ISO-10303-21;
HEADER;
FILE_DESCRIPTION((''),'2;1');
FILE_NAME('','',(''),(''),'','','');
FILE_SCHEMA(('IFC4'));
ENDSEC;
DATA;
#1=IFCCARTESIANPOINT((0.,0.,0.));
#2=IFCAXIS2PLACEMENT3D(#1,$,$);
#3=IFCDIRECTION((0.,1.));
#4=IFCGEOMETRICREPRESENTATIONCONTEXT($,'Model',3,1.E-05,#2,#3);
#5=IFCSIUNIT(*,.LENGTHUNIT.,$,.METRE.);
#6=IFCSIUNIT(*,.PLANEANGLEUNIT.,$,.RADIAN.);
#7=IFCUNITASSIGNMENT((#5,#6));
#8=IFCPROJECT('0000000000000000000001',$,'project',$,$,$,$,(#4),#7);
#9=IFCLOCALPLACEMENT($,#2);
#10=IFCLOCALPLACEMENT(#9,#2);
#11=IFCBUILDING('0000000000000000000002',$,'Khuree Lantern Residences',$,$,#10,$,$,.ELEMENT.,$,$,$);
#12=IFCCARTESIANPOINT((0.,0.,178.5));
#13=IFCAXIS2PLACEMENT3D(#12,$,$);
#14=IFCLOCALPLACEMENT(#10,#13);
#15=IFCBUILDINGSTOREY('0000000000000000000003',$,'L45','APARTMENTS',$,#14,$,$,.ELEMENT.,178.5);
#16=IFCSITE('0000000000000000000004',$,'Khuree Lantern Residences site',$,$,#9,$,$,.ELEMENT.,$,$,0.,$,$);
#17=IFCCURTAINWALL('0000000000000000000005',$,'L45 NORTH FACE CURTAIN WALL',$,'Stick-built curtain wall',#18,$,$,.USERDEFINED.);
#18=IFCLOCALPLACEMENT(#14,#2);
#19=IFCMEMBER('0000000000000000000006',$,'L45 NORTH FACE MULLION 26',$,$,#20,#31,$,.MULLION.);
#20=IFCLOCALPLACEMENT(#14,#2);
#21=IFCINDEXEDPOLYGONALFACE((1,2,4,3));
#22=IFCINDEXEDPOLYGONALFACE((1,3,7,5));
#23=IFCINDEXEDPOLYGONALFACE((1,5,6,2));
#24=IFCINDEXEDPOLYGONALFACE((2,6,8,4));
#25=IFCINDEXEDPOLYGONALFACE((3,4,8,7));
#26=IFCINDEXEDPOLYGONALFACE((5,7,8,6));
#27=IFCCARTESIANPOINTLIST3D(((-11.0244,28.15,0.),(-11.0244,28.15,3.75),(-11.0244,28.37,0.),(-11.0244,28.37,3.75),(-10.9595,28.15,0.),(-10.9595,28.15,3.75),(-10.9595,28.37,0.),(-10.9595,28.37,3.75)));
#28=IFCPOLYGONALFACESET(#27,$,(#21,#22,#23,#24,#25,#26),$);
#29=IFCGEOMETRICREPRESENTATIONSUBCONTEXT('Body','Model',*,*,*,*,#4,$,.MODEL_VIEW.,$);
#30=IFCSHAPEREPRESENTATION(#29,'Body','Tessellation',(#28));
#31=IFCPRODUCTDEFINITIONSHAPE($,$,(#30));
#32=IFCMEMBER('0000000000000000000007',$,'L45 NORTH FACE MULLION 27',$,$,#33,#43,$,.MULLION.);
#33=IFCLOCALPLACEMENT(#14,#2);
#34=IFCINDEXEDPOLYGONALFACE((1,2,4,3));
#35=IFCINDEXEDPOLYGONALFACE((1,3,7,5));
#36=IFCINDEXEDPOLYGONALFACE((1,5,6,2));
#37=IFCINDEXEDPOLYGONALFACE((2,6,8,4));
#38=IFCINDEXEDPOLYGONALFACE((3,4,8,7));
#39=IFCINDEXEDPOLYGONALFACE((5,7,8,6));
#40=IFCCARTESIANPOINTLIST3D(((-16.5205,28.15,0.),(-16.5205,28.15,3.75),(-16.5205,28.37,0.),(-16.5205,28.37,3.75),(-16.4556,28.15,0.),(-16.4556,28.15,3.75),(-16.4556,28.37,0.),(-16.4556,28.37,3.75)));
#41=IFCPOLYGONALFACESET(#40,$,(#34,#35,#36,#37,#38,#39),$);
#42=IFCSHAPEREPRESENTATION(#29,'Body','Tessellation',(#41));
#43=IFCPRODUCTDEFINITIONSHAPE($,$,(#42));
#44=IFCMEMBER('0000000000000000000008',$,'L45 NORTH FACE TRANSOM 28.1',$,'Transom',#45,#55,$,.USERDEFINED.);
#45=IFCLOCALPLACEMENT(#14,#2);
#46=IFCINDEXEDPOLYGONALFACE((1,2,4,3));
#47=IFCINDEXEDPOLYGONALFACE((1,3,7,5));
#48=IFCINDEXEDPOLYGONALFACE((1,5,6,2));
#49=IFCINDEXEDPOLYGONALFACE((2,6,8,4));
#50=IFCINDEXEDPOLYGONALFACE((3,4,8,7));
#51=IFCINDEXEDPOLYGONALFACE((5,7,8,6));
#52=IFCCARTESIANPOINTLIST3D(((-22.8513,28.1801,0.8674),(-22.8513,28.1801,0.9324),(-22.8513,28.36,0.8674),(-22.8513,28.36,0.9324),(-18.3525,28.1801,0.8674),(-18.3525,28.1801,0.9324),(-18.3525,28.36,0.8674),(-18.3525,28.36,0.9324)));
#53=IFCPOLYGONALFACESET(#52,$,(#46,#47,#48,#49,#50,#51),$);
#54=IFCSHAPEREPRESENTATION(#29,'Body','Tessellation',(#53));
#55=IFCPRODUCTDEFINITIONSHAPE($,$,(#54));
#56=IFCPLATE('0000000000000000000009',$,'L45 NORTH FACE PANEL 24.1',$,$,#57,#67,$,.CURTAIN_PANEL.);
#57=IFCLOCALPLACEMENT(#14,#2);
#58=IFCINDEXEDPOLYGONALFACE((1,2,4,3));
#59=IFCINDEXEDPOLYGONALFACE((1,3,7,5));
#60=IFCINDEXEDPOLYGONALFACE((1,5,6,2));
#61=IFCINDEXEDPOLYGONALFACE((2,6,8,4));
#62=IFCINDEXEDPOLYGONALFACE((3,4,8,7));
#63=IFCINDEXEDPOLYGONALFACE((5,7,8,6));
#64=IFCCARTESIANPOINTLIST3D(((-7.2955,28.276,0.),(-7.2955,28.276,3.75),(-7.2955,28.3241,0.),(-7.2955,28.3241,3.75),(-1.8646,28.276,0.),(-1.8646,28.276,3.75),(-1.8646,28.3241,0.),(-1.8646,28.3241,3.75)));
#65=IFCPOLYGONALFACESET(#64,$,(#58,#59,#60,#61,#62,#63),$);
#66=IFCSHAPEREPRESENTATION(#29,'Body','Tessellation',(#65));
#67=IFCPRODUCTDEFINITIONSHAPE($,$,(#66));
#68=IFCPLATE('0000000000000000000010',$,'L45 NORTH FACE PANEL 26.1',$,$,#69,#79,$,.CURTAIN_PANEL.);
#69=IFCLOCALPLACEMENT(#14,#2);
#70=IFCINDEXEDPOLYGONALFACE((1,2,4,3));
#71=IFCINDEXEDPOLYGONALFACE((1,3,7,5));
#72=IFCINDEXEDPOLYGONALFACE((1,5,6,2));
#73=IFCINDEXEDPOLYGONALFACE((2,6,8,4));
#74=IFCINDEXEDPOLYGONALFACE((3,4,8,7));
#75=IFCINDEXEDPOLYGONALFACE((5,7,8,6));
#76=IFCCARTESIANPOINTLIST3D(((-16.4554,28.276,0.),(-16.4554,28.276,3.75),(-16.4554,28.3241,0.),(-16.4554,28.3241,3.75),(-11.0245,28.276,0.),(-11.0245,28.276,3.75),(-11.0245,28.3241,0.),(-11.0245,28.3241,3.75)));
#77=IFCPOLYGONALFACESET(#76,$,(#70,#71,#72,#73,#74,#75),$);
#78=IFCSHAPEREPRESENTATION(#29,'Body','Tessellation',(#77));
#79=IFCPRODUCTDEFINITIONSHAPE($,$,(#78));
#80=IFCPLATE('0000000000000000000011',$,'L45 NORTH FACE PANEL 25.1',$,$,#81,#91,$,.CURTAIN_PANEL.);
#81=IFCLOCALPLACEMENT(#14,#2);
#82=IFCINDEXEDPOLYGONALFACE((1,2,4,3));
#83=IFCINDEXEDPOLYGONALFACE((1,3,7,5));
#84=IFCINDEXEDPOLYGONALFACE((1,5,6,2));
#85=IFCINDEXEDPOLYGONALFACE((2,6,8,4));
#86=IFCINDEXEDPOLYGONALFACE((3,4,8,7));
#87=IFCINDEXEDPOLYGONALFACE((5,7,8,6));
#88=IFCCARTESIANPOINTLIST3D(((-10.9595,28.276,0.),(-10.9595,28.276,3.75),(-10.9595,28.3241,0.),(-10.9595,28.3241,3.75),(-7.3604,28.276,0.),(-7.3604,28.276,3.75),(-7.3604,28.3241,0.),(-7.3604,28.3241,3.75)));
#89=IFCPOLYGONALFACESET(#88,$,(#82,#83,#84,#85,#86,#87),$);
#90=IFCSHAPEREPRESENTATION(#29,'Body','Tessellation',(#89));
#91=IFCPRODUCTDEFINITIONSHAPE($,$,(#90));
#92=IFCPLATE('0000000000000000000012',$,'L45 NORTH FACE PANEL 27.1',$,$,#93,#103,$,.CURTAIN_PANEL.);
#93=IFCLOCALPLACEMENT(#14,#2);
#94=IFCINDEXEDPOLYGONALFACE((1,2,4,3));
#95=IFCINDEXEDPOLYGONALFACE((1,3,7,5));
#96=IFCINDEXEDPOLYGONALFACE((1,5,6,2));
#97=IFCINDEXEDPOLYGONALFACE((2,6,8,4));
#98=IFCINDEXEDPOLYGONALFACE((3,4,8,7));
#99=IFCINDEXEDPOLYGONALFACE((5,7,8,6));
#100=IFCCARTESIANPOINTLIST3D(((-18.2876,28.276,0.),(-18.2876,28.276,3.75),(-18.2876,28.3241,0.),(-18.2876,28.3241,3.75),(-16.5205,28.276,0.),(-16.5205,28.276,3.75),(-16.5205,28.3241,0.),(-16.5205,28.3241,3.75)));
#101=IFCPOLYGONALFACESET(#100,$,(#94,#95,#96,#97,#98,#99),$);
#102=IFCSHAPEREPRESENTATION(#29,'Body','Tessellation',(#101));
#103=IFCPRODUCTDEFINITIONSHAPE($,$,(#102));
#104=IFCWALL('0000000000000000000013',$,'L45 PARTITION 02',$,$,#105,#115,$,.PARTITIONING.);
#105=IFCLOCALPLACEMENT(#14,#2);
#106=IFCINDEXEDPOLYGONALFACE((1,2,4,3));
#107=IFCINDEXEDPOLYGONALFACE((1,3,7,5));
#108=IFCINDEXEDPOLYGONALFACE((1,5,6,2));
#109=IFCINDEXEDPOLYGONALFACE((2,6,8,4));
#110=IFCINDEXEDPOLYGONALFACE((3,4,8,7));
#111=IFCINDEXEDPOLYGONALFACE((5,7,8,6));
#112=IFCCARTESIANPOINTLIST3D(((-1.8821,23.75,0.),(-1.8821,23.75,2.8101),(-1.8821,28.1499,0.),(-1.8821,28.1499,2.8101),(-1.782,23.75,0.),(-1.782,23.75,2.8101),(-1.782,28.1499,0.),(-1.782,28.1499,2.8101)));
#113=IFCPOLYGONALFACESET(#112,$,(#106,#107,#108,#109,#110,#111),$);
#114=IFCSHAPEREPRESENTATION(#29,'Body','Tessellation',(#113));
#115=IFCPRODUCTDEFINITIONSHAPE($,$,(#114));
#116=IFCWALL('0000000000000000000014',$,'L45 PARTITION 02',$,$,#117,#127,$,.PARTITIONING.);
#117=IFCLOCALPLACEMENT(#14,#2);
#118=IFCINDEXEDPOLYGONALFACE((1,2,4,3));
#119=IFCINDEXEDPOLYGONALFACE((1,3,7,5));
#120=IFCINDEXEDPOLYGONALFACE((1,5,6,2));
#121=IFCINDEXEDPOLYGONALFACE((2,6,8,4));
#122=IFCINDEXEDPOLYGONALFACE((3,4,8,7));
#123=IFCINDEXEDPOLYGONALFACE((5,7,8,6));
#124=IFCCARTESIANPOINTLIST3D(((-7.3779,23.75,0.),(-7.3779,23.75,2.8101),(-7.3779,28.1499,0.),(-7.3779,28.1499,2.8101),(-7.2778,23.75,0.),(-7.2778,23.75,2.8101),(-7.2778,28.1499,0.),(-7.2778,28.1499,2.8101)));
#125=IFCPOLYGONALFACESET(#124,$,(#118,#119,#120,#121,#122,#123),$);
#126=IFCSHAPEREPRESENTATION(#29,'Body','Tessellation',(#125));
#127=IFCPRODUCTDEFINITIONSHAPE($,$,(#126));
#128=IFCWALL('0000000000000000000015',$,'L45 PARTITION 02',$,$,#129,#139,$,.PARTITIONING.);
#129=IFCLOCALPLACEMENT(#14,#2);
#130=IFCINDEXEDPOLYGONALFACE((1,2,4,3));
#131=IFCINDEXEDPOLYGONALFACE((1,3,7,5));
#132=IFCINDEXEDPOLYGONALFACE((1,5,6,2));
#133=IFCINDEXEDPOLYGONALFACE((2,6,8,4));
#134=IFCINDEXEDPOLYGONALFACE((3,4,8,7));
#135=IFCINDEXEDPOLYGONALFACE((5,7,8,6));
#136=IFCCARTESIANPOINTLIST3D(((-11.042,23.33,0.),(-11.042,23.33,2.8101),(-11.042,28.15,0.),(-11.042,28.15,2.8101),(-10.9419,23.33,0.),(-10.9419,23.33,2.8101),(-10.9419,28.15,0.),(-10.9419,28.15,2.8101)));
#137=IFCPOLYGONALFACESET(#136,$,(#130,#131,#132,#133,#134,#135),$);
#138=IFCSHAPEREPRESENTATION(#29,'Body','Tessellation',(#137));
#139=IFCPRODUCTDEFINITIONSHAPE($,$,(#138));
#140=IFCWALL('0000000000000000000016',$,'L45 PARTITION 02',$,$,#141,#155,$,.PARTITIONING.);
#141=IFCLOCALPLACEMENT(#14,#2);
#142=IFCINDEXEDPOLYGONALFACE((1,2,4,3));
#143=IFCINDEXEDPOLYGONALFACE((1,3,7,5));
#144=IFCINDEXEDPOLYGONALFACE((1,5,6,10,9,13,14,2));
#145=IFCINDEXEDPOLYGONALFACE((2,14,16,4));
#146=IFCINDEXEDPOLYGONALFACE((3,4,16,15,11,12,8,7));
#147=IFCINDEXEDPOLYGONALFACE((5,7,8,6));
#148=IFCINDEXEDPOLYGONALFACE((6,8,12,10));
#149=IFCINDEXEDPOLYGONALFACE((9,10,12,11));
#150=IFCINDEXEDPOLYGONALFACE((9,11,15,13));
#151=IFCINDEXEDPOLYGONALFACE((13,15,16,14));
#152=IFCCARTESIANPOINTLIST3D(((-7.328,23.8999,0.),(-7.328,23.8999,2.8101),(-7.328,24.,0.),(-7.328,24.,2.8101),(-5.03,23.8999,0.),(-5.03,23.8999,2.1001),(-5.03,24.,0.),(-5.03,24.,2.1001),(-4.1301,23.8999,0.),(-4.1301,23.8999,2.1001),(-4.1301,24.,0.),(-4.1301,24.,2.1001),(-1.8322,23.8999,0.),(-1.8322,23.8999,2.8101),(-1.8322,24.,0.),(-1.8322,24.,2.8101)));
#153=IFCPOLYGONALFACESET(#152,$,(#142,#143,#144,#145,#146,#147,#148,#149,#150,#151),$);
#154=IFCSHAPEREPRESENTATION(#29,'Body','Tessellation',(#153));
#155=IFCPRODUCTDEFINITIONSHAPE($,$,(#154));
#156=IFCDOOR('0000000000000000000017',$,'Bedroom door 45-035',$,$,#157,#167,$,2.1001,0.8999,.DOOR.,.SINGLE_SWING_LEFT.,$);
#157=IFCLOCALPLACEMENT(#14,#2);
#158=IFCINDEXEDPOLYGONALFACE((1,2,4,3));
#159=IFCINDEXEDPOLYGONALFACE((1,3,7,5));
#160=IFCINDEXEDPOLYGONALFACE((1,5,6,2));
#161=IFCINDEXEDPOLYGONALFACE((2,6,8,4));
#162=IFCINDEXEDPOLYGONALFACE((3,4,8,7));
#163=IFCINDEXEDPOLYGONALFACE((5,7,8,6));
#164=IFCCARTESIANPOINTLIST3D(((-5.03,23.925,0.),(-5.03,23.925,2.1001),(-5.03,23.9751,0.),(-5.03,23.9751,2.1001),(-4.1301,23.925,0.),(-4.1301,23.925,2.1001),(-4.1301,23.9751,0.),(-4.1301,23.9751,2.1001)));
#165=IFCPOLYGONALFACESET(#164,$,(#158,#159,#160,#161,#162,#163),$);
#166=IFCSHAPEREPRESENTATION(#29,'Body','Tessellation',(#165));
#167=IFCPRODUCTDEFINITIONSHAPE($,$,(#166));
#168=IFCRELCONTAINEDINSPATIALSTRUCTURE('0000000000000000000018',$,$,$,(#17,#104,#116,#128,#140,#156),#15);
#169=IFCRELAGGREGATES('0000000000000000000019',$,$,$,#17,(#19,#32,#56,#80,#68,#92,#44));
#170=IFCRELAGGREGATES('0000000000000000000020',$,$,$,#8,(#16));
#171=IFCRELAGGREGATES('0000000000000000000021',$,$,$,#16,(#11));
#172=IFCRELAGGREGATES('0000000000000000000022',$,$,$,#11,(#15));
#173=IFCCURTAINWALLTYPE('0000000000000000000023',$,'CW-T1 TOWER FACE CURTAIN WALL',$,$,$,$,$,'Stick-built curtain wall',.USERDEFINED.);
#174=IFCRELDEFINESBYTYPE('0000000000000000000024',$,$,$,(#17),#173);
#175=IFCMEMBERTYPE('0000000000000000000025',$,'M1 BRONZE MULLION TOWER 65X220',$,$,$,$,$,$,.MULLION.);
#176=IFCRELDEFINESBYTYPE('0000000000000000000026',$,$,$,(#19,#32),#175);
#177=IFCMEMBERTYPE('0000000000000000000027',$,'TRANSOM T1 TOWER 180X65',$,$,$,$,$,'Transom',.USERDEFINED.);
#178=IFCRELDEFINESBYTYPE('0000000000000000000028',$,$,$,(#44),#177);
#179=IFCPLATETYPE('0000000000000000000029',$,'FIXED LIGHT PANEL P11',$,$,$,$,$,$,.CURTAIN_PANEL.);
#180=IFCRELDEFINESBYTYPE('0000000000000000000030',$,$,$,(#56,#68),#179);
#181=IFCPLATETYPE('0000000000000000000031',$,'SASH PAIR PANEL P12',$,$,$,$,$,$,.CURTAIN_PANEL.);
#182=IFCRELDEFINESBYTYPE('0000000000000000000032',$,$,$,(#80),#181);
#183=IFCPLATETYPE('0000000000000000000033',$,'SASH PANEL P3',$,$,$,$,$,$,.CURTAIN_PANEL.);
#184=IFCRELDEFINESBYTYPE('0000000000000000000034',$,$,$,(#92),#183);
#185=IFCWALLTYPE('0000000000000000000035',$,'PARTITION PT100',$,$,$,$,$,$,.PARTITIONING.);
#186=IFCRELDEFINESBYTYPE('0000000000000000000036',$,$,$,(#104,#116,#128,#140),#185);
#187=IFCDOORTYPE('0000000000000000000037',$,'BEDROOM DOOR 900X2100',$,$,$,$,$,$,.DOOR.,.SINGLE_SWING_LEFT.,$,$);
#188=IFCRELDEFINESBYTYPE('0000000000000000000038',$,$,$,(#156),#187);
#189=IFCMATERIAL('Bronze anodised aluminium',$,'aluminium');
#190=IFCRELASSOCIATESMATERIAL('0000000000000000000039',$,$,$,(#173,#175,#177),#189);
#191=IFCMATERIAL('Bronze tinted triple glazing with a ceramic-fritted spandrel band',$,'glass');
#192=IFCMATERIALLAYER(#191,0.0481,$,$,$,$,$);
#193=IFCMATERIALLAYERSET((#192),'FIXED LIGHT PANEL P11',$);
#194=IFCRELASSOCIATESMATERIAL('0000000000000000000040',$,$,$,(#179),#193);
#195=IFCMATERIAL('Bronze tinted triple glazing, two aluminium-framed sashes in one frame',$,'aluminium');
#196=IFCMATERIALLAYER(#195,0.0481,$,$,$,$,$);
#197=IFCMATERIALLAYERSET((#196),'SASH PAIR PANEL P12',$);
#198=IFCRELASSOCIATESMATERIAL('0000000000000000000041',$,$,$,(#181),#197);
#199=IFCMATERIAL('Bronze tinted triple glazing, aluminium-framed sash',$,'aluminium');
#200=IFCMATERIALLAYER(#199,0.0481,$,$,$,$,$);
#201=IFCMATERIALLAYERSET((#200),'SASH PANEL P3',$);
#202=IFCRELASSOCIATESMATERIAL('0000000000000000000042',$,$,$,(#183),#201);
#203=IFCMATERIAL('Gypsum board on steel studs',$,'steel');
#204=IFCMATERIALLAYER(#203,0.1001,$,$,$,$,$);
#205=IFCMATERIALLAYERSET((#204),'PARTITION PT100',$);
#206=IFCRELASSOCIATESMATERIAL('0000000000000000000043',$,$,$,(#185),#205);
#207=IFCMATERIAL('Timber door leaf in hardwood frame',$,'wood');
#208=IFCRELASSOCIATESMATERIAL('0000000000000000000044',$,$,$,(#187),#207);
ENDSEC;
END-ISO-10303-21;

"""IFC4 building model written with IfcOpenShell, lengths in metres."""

from ifc_helpers import new_model, si_unit, direction, frame, frame_2d, origin, origin_2d, place, context, subcontext, project, spatial, rectangle, extrude, material, layer, layer_set, material_profile, profile_set, type_object, element, fill, aggregate, save


model = new_model("IFC4")

# Units and contexts
model_context = context("Model", 3, precision=1e-05, world=origin(), true_north=direction((0.0, 1.0)))
body_context = subcontext(model_context, "Body", "Model", "MODEL_VIEW")
ifc_project = project(units=[si_unit("LENGTHUNIT", "METRE"), si_unit("PLANEANGLEUNIT", "RADIAN")], contexts=[model_context])

# Site, building, storey
site_placement = place(None, origin())
site = spatial("IfcSite", under=ifc_project, at=site_placement, Name="Khuree Lantern Residences site", CompositionType="ELEMENT", RefElevation=0.0)
building_placement = place(site_placement, origin())
building = spatial("IfcBuilding", under=site, at=building_placement, Name="Khuree Lantern Residences", CompositionType="ELEMENT")
storey_placement = place(building_placement, frame((0.0, 0.0, 178.5)))
storey = spatial("IfcBuildingStorey", under=building, at=storey_placement, Name="L45", Description="APARTMENTS", CompositionType="ELEMENT", Elevation=178.5)

# Curtain wall
ifc_material_1 = material(Name="Bronze anodised aluminium", Category="aluminium")
curtain_wall_type = type_object("IfcCurtainWallType", Name="CW-T1 TOWER FACE CURTAIN WALL", ElementType="Stick-built curtain wall", PredefinedType="USERDEFINED", material=ifc_material_1)
curtain_wall_placement = place(storey_placement, origin())
curtain_wall = element("IfcCurtainWall", 1, at=curtain_wall_placement, inside=storey, type_object=curtain_wall_type, Name="L45 NORTH FACE CURTAIN WALL", ObjectType="Stick-built curtain wall", PredefinedType="USERDEFINED")

# Members
ifc_material_profile_1 = material_profile(ifc_material_1, rectangle(XDim=0.0649, YDim=0.22, at=origin_2d()), Name="M1 65X220")
ifc_profile_set_1 = profile_set([ifc_material_profile_1], Name="Bronze anodised aluminium")
member_type_1 = type_object("IfcMemberType", Name="M1 BRONZE MULLION TOWER 65X220", PredefinedType="MULLION", material=ifc_profile_set_1)
member_1_placement = place(storey_placement, frame((-10.9919, 28.26, 0.0), z_axis=(0.0, 0.0, 1.0), x_axis=(-1.0, 0.0, 0.0)))
member_1 = element("IfcMember", 2, at=member_1_placement, type_object=member_type_1, Name="L45 NORTH FACE MULLION 26", PredefinedType="MULLION", context=body_context, shape_type="SweptSolid", body=[
    extrude(rectangle(XDim=0.0649, YDim=0.22, at=origin_2d()), origin(), (0.0, 0.0, 1.0), 3.75),
])
member_2_placement = place(storey_placement, frame((-16.488, 28.26, 0.0), z_axis=(0.0, 0.0, 1.0), x_axis=(-1.0, 0.0, 0.0)))
member_2 = element("IfcMember", 3, at=member_2_placement, type_object=member_type_1, Name="L45 NORTH FACE MULLION 27", PredefinedType="MULLION", context=body_context, shape_type="SweptSolid", body=[
    extrude(rectangle(XDim=0.0649, YDim=0.22, at=origin_2d()), origin(), (0.0, 0.0, 1.0), 3.75),
])
ifc_material_profile_2 = material_profile(ifc_material_1, rectangle(XDim=0.1799, YDim=0.0649, at=origin_2d()), Name="T1 180X65")
ifc_profile_set_2 = profile_set([ifc_material_profile_2], Name="Bronze anodised aluminium")
member_type_2 = type_object("IfcMemberType", Name="TRANSOM T1 TOWER 180X65", ElementType="Transom", PredefinedType="USERDEFINED", material=ifc_profile_set_2)
member_3_placement = place(storey_placement, frame((-18.3525, 28.27, 0.8999), z_axis=(-1.0, 0.0, 0.0), x_axis=(0.0, -1.0, 0.0)))
member_3 = element("IfcMember", 4, at=member_3_placement, type_object=member_type_2, Name="L45 NORTH FACE TRANSOM 28.1", ObjectType="Transom", PredefinedType="USERDEFINED", context=body_context, shape_type="SweptSolid", body=[
    extrude(rectangle(XDim=0.1799, YDim=0.0649, at=origin_2d()), origin(), (0.0, 0.0, 1.0), 4.4988),
])

# Plates
ifc_material_2 = material(Name="Bronze tinted triple glazing with a ceramic-fritted spandrel band", Category="glass")
ifc_layer_1 = layer(ifc_material_2, 0.0481)
ifc_layer_set_1 = layer_set([ifc_layer_1], Name="FIXED LIGHT PANEL P11")
plate_type_1 = type_object("IfcPlateType", Name="FIXED LIGHT PANEL P11", PredefinedType="CURTAIN_PANEL", material=ifc_layer_set_1)
plate_1_placement = place(storey_placement, frame((-4.5801, 28.3, 0.0), z_axis=(0.0, 0.0, 1.0), x_axis=(-1.0, 0.0, 0.0)))
plate_1 = element("IfcPlate", 5, at=plate_1_placement, type_object=plate_type_1, Name="L45 NORTH FACE PANEL 24.1", PredefinedType="CURTAIN_PANEL", context=body_context, shape_type="SweptSolid", body=[
    extrude(rectangle(XDim=5.4309, YDim=0.0481, at=origin_2d()), origin(), (0.0, 0.0, 1.0), 3.75),
])
plate_2_placement = place(storey_placement, frame((-13.74, 28.3, 0.0), z_axis=(0.0, 0.0, 1.0), x_axis=(-1.0, 0.0, 0.0)))
plate_2 = element("IfcPlate", 6, at=plate_2_placement, type_object=plate_type_1, Name="L45 NORTH FACE PANEL 26.1", PredefinedType="CURTAIN_PANEL", context=body_context, shape_type="SweptSolid", body=[
    extrude(rectangle(XDim=5.4309, YDim=0.0481, at=origin_2d()), origin(), (0.0, 0.0, 1.0), 3.75),
])
ifc_material_3 = material(Name="Bronze tinted triple glazing, two aluminium-framed sashes in one frame", Category="aluminium")
ifc_layer_2 = layer(ifc_material_3, 0.0481)
ifc_layer_set_2 = layer_set([ifc_layer_2], Name="SASH PAIR PANEL P12")
plate_type_2 = type_object("IfcPlateType", Name="SASH PAIR PANEL P12", PredefinedType="CURTAIN_PANEL", material=ifc_layer_set_2)
plate_3_placement = place(storey_placement, frame((-9.1599, 28.3, 0.0), z_axis=(0.0, 0.0, 1.0), x_axis=(-1.0, 0.0, 0.0)))
plate_3 = element("IfcPlate", 7, at=plate_3_placement, type_object=plate_type_2, Name="L45 NORTH FACE PANEL 25.1", PredefinedType="CURTAIN_PANEL", context=body_context, shape_type="SweptSolid", body=[
    extrude(rectangle(XDim=3.5991, YDim=0.0481, at=origin_2d()), origin(), (0.0, 0.0, 1.0), 3.75),
])
ifc_material_4 = material(Name="Bronze tinted triple glazing, aluminium-framed sash", Category="aluminium")
ifc_layer_3 = layer(ifc_material_4, 0.0481)
ifc_layer_set_3 = layer_set([ifc_layer_3], Name="SASH PANEL P3")
plate_type_3 = type_object("IfcPlateType", Name="SASH PANEL P3", PredefinedType="CURTAIN_PANEL", material=ifc_layer_set_3)
plate_4_placement = place(storey_placement, frame((-17.4041, 28.3, 0.0), z_axis=(0.0, 0.0, 1.0), x_axis=(-1.0, 0.0, 0.0)))
plate_4 = element("IfcPlate", 8, at=plate_4_placement, type_object=plate_type_3, Name="L45 NORTH FACE PANEL 27.1", PredefinedType="CURTAIN_PANEL", context=body_context, shape_type="SweptSolid", body=[
    extrude(rectangle(XDim=1.7671, YDim=0.0481, at=origin_2d()), origin(), (0.0, 0.0, 1.0), 3.75),
])
aggregate(curtain_wall, [member_1, member_2, plate_1, plate_3, plate_2, plate_4, member_3])

# Walls
ifc_material_5 = material(Name="Gypsum board on steel studs", Category="steel")
ifc_layer_4 = layer(ifc_material_5, 0.1001)
ifc_layer_set_4 = layer_set([ifc_layer_4], Name="PARTITION PT100")
wall_type = type_object("IfcWallType", Name="PARTITION PT100", PredefinedType="PARTITIONING", material=ifc_layer_set_4)
for number, where, z_axis, x_axis, name in (
    (9, (-1.832, 23.75, 0.0), (0.0, 0.0, 1.0), (0.0, 1.0, 0.0), "L45 PARTITION 02"),
    (10, (-7.3279, 23.75, 0.0), (0.0, 0.0, 1.0), (0.0, 1.0, 0.0), "L45 PARTITION 02"),
):
    element("IfcWall", number, at=place(storey_placement, frame(where, z_axis=z_axis, x_axis=x_axis)), inside=storey, type_object=wall_type, Name=name, PredefinedType="PARTITIONING", context=body_context, shape_type="SweptSolid", body=[
        extrude(rectangle(XDim=4.3999, YDim=0.1001, at=frame_2d((2.2, 0.0))), origin(), (0.0, 0.0, 1.0), 2.8101),
    ])
wall_1_placement = place(storey_placement, frame((-10.9919, 23.3298, 0.0), z_axis=(0.0, 0.0, 1.0), x_axis=(0.0, 1.0, 0.0)))
element("IfcWall", 11, at=wall_1_placement, inside=storey, type_object=wall_type, Name="L45 PARTITION 02", PredefinedType="PARTITIONING", context=body_context, shape_type="SweptSolid", body=[
    extrude(rectangle(XDim=4.8201, YDim=0.1001, at=frame_2d((2.4102, 0.0))), origin(), (0.0, 0.0, 1.0), 2.8101),
])

# Wall, opening, door
wall_2_placement = place(storey_placement, frame((-1.832, 23.95, 0.0), z_axis=(0.0, 0.0, 1.0), x_axis=(-1.0, 0.0, 0.0)))
wall_2 = element("IfcWall", 12, at=wall_2_placement, inside=storey, type_object=wall_type, Name="L45 PARTITION 02", PredefinedType="PARTITIONING", context=body_context, shape_type="SweptSolid", body=[
    extrude(rectangle(XDim=5.4958, YDim=0.1001, at=frame_2d((2.748, 0.0))), origin(), (0.0, 0.0, 1.0), 2.8101),
])
opening_1_placement = place(wall_2_placement, frame((2.2981, 0.0, 0.0)))
opening_1 = element("IfcOpeningElement", 13, at=opening_1_placement, cuts=wall_2, PredefinedType="OPENING", context=body_context, shape_type="SweptSolid", body=[
    extrude(rectangle(XDim=0.8999, YDim=2.1001, at=frame_2d((0.45, 1.05))), frame((0.0, 0.0601, 0.0), z_axis=(0.0, -1.0, 0.0), x_axis=(1.0, 0.0, 0.0)), (0.0, 0.0, 1.0), 0.1201),
])
ifc_material_6 = material(Name="Timber door leaf in hardwood frame", Category="wood")
door_type_1 = type_object("IfcDoorType", Name="BEDROOM DOOR 900X2100", OperationType="SINGLE_SWING_LEFT", PredefinedType="DOOR", material=ifc_material_6)
door_1_placement = place(opening_1_placement, origin())
door_1 = element("IfcDoor", 14, at=door_1_placement, inside=storey, type_object=door_type_1, Name="Bedroom door 45-035", OperationType="SINGLE_SWING_LEFT", OverallHeight=2.1001, OverallWidth=0.8999, PredefinedType="DOOR", context=body_context, shape_type="SweptSolid", body=[
    extrude(rectangle(XDim=0.8999, YDim=2.1001, at=frame_2d((0.45, 1.05))), frame((0.0, 0.0249, 0.0), z_axis=(0.0, -1.0, 0.0), x_axis=(1.0, 0.0, 0.0)), (0.0, 0.0, 1.0), 0.05),
])
fill(opening_1, door_1)

save(model, "model.ifc")
